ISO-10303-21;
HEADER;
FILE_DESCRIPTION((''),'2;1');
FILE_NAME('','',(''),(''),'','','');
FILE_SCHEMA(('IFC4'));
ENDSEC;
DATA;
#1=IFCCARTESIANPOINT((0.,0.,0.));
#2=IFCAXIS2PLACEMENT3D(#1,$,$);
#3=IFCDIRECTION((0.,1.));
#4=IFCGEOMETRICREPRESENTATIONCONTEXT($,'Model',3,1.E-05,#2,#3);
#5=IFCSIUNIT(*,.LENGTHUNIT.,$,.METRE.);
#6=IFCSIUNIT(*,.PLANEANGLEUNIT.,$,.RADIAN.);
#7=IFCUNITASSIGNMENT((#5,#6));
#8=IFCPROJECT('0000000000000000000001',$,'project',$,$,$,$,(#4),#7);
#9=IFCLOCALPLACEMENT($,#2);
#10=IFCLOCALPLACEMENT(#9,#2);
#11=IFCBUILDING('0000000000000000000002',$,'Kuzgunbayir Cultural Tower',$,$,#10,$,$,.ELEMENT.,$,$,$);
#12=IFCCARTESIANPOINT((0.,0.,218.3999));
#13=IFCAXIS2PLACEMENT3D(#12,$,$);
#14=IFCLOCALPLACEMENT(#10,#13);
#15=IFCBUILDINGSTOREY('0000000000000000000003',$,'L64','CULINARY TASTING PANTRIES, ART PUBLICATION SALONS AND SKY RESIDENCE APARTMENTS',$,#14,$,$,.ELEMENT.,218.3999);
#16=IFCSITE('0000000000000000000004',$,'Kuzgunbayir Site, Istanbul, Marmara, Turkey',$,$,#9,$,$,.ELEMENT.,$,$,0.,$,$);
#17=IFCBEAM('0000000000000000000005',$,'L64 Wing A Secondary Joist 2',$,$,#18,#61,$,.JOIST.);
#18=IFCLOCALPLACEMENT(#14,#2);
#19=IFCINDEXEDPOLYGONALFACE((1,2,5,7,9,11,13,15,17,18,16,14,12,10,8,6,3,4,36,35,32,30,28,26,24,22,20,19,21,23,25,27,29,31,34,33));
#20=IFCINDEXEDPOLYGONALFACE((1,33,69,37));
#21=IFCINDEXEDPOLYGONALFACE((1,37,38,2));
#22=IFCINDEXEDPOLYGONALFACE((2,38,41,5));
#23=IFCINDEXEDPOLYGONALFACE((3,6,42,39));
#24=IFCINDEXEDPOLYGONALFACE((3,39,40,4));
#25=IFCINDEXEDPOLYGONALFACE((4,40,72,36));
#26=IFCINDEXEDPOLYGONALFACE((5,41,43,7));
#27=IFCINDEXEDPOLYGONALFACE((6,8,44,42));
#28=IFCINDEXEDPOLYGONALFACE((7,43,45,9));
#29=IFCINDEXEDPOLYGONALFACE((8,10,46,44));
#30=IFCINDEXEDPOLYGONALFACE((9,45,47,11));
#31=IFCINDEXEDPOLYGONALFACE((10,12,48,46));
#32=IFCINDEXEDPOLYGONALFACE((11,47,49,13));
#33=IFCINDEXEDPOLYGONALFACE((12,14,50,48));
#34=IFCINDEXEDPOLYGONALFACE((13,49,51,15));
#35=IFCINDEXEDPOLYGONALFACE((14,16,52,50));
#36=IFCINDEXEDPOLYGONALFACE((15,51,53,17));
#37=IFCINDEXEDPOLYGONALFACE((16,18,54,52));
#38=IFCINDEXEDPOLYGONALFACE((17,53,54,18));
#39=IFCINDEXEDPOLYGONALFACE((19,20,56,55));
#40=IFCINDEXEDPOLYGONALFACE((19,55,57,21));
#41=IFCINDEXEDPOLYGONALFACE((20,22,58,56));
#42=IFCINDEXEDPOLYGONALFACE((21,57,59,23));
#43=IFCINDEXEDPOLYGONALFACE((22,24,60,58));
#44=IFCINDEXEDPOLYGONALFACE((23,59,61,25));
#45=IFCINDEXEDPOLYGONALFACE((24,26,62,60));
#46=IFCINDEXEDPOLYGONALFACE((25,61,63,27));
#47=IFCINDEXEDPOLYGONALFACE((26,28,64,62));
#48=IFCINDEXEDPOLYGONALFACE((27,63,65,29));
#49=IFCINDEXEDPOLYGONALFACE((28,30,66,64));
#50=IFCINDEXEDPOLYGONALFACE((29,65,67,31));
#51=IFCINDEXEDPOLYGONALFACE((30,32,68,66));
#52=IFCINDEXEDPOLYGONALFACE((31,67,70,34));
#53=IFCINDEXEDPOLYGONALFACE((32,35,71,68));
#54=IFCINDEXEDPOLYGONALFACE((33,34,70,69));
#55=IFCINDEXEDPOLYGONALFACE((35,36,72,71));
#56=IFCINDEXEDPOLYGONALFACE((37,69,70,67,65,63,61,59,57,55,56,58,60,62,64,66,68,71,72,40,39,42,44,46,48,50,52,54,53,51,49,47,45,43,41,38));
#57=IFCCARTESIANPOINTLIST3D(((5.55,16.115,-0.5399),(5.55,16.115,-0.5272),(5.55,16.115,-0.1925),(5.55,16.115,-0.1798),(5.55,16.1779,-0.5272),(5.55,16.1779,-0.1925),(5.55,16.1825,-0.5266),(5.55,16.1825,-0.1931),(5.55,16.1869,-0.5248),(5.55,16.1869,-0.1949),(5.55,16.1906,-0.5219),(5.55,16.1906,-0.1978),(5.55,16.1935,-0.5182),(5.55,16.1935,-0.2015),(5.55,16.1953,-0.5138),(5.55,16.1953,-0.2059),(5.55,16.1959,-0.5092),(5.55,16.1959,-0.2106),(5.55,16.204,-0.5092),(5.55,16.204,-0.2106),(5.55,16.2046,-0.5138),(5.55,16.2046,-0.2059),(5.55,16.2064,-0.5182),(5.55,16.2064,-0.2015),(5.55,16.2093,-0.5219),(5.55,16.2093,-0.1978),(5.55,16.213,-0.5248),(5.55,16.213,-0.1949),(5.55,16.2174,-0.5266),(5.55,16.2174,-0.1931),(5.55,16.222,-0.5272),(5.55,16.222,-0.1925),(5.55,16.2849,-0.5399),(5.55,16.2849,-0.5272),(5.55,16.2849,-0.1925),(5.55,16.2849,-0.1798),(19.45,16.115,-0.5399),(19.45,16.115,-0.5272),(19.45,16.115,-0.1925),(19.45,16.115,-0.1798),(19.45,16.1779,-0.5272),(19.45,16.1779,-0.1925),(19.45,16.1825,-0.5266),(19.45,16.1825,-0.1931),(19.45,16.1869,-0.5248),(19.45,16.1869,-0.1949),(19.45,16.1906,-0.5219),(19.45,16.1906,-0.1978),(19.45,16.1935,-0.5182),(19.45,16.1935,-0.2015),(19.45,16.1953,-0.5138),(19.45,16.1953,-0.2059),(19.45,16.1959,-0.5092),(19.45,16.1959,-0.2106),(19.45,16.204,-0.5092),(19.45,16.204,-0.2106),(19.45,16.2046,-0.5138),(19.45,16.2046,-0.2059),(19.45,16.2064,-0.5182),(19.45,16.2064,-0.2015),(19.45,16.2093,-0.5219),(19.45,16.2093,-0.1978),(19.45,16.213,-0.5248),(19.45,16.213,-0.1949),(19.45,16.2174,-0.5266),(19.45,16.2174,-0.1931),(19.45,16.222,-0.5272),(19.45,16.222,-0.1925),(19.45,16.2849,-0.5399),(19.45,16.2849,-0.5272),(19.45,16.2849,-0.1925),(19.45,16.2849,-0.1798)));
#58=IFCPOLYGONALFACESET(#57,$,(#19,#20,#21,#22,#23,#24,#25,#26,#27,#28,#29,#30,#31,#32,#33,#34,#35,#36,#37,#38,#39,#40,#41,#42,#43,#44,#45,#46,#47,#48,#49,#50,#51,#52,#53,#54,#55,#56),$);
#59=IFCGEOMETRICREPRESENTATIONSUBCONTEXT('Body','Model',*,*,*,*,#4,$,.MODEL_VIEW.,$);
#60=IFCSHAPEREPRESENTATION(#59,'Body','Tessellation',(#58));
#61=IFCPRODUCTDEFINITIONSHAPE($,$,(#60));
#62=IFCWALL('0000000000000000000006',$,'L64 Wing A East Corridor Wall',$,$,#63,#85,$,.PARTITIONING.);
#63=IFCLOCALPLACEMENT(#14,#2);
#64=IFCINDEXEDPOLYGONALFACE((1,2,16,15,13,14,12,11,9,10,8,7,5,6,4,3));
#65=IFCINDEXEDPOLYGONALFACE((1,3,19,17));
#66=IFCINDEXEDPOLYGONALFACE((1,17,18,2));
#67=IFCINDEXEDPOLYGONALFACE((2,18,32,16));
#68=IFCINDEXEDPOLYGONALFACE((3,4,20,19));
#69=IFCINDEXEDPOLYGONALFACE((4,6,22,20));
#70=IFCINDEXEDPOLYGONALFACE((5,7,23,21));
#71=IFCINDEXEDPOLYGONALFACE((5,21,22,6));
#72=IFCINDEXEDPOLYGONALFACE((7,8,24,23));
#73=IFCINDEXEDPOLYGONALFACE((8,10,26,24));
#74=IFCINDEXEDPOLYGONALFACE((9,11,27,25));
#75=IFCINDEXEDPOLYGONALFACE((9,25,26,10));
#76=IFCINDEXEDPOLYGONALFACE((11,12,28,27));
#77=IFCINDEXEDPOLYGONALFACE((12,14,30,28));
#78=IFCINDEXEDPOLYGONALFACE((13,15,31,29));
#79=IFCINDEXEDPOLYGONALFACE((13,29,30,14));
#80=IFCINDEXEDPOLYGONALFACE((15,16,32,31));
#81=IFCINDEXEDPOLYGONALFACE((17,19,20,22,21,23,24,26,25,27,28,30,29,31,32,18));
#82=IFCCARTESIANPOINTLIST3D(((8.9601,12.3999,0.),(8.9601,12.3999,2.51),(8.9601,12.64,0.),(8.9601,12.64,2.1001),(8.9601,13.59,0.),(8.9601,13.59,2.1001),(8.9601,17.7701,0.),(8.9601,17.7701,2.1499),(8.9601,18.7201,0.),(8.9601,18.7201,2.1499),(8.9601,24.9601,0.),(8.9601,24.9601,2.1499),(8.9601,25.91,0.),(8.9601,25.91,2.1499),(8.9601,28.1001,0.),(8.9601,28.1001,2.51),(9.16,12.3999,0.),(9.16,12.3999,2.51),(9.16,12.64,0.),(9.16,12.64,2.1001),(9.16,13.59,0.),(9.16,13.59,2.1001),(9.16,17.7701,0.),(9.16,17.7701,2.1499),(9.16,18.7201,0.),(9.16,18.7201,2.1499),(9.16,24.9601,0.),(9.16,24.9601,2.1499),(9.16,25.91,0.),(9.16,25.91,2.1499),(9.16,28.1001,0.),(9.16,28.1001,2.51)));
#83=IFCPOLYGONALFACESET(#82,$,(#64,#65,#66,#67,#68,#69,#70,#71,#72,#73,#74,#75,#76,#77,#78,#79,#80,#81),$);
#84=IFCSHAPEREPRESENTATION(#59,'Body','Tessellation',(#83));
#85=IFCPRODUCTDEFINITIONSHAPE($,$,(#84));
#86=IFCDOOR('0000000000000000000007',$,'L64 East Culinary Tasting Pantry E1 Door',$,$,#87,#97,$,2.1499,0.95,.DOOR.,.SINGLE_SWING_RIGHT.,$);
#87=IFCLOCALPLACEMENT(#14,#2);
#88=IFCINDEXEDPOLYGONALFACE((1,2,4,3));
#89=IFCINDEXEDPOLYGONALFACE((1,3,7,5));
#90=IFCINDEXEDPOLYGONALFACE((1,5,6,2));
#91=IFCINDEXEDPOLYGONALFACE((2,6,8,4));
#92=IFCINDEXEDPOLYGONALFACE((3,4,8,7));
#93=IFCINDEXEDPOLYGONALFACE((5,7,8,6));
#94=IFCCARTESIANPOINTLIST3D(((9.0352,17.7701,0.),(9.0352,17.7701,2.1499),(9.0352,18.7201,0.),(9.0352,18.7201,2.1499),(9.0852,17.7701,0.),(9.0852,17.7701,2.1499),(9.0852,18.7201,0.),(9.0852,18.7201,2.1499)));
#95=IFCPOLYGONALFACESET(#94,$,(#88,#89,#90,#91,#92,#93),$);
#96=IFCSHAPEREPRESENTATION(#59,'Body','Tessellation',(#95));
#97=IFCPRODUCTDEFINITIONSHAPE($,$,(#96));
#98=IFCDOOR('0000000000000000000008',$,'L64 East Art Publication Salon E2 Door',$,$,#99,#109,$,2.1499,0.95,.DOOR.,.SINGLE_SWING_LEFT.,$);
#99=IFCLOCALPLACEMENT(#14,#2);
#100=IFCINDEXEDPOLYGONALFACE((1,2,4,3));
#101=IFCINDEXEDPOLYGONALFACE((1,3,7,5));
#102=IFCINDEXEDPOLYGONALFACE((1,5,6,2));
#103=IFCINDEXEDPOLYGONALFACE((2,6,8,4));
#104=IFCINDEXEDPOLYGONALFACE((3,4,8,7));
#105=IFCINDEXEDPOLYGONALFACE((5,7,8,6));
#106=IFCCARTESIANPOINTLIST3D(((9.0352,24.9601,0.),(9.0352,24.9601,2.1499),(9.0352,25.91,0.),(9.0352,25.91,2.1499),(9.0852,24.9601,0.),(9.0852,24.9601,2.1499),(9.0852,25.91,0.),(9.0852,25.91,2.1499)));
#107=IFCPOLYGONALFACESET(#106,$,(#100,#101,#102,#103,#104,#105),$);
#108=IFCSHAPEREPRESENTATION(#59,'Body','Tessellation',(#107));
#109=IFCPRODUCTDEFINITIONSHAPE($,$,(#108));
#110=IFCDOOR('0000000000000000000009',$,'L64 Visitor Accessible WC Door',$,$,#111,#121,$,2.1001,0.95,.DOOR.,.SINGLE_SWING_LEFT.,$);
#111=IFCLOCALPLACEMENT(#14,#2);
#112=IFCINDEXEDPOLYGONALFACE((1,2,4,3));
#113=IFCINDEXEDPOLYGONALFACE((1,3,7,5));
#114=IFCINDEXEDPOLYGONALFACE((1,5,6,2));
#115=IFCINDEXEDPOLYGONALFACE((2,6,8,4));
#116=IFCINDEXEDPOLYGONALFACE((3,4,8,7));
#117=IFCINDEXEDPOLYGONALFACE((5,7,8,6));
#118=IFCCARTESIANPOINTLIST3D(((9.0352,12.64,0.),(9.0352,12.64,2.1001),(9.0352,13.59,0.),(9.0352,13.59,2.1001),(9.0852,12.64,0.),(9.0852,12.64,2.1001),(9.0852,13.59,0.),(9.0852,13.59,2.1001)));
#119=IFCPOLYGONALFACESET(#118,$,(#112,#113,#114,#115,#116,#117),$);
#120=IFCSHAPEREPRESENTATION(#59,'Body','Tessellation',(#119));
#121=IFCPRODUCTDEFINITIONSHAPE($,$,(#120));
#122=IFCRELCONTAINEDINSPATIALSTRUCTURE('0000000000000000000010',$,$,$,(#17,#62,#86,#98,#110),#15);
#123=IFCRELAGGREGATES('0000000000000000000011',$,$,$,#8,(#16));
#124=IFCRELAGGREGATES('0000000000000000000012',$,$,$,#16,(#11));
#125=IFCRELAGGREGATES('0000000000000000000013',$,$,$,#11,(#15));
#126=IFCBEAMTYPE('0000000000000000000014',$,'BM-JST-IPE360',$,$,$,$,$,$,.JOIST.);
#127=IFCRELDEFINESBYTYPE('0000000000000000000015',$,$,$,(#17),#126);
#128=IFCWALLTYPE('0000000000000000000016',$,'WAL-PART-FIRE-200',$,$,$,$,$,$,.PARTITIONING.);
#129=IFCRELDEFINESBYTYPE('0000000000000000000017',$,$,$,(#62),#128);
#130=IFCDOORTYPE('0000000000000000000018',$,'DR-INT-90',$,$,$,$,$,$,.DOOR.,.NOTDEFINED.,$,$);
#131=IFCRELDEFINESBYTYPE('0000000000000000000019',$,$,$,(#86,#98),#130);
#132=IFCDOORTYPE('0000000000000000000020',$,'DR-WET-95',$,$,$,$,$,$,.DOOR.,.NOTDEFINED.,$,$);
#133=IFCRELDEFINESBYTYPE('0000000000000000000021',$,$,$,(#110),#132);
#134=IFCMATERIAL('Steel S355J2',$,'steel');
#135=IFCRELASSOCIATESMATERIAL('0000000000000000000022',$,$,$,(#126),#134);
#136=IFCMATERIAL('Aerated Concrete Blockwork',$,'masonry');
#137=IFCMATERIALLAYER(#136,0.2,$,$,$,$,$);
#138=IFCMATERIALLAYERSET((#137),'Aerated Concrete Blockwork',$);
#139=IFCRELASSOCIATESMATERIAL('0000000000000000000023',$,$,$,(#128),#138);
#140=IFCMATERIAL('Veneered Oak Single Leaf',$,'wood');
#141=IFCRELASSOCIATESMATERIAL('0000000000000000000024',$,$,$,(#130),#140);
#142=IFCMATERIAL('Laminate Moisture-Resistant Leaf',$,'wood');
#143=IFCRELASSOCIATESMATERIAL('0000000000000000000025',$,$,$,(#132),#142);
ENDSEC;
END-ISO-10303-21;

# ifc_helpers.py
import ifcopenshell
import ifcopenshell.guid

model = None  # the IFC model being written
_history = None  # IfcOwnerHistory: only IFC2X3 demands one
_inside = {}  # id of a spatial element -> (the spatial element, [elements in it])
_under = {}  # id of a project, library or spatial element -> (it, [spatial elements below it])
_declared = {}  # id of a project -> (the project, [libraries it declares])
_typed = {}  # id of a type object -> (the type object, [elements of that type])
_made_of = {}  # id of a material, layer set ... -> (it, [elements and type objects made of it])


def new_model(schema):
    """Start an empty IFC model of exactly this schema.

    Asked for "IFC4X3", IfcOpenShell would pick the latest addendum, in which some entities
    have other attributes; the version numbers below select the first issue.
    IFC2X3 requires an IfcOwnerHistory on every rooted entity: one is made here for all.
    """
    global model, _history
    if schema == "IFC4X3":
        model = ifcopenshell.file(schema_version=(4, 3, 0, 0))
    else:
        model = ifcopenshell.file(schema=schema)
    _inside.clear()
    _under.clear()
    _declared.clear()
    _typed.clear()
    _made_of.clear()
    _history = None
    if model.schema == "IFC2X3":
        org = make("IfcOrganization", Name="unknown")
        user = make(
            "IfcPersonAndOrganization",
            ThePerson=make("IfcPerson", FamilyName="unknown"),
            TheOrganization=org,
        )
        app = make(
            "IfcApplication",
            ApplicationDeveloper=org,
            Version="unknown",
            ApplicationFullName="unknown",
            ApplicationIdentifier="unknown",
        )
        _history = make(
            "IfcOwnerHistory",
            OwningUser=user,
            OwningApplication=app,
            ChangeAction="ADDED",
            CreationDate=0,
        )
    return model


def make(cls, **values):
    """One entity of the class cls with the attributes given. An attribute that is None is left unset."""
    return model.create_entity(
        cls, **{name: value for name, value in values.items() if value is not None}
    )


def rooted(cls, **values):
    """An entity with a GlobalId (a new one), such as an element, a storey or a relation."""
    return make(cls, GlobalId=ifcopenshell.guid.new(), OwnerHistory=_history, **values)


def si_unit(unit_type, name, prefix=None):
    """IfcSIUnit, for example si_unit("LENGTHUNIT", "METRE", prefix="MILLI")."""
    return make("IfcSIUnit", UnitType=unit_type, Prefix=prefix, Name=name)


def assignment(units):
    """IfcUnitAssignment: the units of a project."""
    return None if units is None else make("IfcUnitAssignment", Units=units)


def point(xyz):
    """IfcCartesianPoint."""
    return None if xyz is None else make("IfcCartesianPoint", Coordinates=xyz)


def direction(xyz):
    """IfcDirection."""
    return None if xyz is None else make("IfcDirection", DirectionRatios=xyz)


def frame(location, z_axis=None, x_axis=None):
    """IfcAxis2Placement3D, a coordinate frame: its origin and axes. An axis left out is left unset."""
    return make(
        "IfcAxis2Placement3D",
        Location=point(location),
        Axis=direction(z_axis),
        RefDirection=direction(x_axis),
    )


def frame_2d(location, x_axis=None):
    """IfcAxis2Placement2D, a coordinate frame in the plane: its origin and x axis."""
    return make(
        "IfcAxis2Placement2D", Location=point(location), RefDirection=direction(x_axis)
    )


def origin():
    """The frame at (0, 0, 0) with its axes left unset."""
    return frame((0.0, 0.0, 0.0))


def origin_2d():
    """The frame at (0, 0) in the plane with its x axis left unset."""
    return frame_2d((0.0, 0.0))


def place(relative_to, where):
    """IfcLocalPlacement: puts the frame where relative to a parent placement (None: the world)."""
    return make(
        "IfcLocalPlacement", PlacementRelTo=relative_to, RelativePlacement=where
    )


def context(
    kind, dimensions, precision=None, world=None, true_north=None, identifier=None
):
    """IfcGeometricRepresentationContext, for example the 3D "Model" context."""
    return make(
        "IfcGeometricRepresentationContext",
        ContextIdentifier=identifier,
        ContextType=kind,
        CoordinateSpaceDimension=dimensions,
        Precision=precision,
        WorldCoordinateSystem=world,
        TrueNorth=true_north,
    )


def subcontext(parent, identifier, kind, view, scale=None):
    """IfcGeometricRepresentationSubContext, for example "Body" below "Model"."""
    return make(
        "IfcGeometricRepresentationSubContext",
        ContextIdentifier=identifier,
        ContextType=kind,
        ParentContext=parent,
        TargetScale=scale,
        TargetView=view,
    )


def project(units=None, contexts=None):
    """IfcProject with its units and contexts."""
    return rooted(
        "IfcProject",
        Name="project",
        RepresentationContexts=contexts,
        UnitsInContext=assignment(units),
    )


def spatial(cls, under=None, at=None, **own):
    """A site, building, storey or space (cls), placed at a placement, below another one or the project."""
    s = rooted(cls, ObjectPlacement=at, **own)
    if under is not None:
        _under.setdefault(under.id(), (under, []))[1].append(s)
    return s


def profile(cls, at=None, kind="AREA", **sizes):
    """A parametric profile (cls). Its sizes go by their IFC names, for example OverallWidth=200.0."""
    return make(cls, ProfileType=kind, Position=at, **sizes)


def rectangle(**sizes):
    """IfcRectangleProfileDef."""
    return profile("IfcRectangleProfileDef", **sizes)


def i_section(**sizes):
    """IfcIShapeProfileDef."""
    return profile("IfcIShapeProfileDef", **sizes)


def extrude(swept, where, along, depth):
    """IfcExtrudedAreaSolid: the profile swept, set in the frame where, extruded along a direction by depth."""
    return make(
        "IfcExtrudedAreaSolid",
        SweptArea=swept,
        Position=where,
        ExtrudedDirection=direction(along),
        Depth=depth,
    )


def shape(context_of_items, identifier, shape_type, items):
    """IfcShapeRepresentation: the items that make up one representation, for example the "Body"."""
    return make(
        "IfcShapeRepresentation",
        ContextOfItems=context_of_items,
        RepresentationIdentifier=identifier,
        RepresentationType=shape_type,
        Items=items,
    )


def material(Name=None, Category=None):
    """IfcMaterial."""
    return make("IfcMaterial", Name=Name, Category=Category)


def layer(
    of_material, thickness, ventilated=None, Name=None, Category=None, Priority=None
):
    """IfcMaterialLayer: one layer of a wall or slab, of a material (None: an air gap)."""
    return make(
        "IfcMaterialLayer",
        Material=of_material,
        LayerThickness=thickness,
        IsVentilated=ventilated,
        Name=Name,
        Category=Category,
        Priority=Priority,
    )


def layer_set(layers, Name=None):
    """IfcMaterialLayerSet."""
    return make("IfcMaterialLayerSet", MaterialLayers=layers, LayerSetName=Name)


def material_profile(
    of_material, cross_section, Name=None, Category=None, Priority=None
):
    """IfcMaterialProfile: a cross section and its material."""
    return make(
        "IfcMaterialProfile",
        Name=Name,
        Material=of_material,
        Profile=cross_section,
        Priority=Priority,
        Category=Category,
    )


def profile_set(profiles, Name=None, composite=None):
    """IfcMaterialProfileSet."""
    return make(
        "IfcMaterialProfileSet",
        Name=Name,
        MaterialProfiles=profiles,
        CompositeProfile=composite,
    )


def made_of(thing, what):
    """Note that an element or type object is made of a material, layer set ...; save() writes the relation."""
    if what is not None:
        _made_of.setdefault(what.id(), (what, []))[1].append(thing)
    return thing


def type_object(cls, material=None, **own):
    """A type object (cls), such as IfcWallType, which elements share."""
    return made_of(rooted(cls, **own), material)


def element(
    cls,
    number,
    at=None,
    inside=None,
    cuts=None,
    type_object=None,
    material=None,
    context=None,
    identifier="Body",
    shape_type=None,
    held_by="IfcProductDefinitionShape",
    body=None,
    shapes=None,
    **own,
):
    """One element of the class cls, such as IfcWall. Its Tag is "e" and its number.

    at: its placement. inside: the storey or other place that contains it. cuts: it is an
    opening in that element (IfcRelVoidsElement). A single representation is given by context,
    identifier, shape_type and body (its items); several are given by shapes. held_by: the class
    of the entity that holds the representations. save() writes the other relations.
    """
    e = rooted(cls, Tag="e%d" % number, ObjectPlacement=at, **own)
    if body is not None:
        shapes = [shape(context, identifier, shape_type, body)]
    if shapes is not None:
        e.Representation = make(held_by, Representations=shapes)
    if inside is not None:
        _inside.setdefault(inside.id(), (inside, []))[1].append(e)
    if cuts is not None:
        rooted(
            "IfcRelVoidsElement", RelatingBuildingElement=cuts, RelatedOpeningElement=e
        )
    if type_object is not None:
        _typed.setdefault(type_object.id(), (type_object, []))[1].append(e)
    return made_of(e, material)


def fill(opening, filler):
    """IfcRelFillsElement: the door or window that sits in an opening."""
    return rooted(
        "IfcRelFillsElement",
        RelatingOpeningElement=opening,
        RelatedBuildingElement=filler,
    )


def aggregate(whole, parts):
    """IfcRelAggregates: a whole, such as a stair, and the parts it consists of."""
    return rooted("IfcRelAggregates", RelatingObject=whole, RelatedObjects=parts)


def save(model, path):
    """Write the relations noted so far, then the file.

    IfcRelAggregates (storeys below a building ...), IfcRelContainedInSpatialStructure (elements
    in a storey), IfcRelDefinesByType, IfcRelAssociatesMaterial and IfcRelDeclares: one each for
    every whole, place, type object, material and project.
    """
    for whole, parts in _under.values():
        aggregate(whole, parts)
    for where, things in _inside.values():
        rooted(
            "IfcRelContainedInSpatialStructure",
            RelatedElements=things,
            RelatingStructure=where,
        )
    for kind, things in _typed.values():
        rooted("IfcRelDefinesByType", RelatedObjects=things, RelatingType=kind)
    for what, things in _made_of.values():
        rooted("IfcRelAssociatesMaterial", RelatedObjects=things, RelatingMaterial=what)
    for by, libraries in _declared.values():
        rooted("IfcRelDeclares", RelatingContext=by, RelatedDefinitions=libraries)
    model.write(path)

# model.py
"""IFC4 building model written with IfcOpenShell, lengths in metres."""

from ifc_helpers import new_model, si_unit, direction, frame, frame_2d, origin, origin_2d, place, context, subcontext, project, spatial, rectangle, i_section, extrude, material, layer, layer_set, material_profile, profile_set, type_object, element, fill, save


model = new_model("IFC4")

# Units and contexts
model_context = context("Model", 3, precision=1e-05, world=origin(), true_north=direction((0.0, 1.0)))
body_context = subcontext(model_context, "Body", "Model", "MODEL_VIEW")
ifc_project = project(units=[si_unit("LENGTHUNIT", "METRE"), si_unit("PLANEANGLEUNIT", "RADIAN")], contexts=[model_context])

# Site, building, storey
site_placement = place(None, origin())
site = spatial("IfcSite", under=ifc_project, at=site_placement, Name="Kuzgunbayir Site, Istanbul, Marmara, Turkey", CompositionType="ELEMENT", RefElevation=0.0)
building_placement = place(site_placement, origin())
building = spatial("IfcBuilding", under=site, at=building_placement, Name="Kuzgunbayir Cultural Tower", CompositionType="ELEMENT")
storey_placement = place(building_placement, frame((0.0, 0.0, 218.3999)))
storey = spatial("IfcBuildingStorey", under=building, at=storey_placement, Name="L64", Description="CULINARY TASTING PANTRIES, ART PUBLICATION SALONS AND SKY RESIDENCE APARTMENTS", CompositionType="ELEMENT", Elevation=218.3999)

# Beam
ifc_material_1 = material(Name="Steel S355J2", Category="steel")
ifc_material_profile_1 = material_profile(ifc_material_1, i_section(OverallWidth=0.1699, OverallDepth=0.3601, WebThickness=0.0081, FlangeThickness=0.0127, FilletRadius=0.0181, at=origin_2d()), Name="IPE 360")
ifc_profile_set_1 = profile_set([ifc_material_profile_1], Name="Steel S355J2")
beam_type_1 = type_object("IfcBeamType", Name="BM-JST-IPE360", PredefinedType="JOIST", material=ifc_profile_set_1)
for number, where, z_axis, x_axis, name in (
    (1, (5.55, 16.2, -0.3599), (1.0, 0.0, 0.0), (0.0, 1.0, 0.0), "L64 Wing A Secondary Joist 2"),
):
    element("IfcBeam", number, at=place(storey_placement, frame(where, z_axis=z_axis, x_axis=x_axis)), inside=storey, type_object=beam_type_1, Name=name, PredefinedType="JOIST", context=body_context, shape_type="SweptSolid", body=[
        extrude(i_section(OverallWidth=0.1699, OverallDepth=0.3601, WebThickness=0.0081, FlangeThickness=0.0127, FilletRadius=0.0181, at=origin_2d()), origin(), (0.0, 0.0, 1.0), 13.8999),
    ])

# Wall, openings, doors
ifc_material_2 = material(Name="Aerated Concrete Blockwork", Category="masonry")
ifc_layer_1 = layer(ifc_material_2, 0.2)
ifc_layer_set_1 = layer_set([ifc_layer_1], Name="Aerated Concrete Blockwork")
wall_type_1 = type_object("IfcWallType", Name="WAL-PART-FIRE-200", PredefinedType="PARTITIONING", material=ifc_layer_set_1)
ifc_material_3 = material(Name="Veneered Oak Single Leaf", Category="wood")
door_type_1 = type_object("IfcDoorType", Name="DR-INT-90", OperationType="NOTDEFINED", PredefinedType="DOOR", material=ifc_material_3)
wall_1_placement = place(storey_placement, frame((9.0601, 12.3999, 0.0), z_axis=(0.0, 0.0, 1.0), x_axis=(0.0, 1.0, 0.0)))
wall_1 = element("IfcWall", 2, at=wall_1_placement, inside=storey, type_object=wall_type_1, Name="L64 Wing A East Corridor Wall", PredefinedType="PARTITIONING", context=body_context, shape_type="SweptSolid", body=[
    extrude(rectangle(XDim=15.7002, YDim=0.2, at=frame_2d((7.8501, 0.0))), origin(), (0.0, 0.0, 1.0), 2.51),
])
opening_1_placement = place(wall_1_placement, frame((0.24, 0.0, 0.0)))
opening_1 = element("IfcOpeningElement", 3, at=opening_1_placement, cuts=wall_1, PredefinedType="OPENING", context=body_context, shape_type="SweptSolid", body=[
    extrude(rectangle(XDim=0.95, YDim=2.1001, at=frame_2d((0.4751, 1.05))), frame((0.0, 0.1099, 0.0), z_axis=(0.0, -1.0, 0.0), x_axis=(1.0, 0.0, 0.0)), (0.0, 0.0, 1.0), 0.22),
])
opening_2_placement = place(wall_1_placement, frame((5.3701, 0.0, 0.0)))
opening_2 = element("IfcOpeningElement", 4, at=opening_2_placement, cuts=wall_1, PredefinedType="OPENING", context=body_context, shape_type="SweptSolid", body=[
    extrude(rectangle(XDim=0.95, YDim=2.1499, at=frame_2d((0.4751, 1.075))), frame((0.0, 0.1099, 0.0), z_axis=(0.0, -1.0, 0.0), x_axis=(1.0, 0.0, 0.0)), (0.0, 0.0, 1.0), 0.22),
])
opening_3_placement = place(wall_1_placement, frame((12.5601, 0.0, 0.0)))
opening_3 = element("IfcOpeningElement", 5, at=opening_3_placement, cuts=wall_1, PredefinedType="OPENING", context=body_context, shape_type="SweptSolid", body=[
    extrude(rectangle(XDim=0.95, YDim=2.1499, at=frame_2d((0.4751, 1.075))), frame((0.0, 0.1099, 0.0), z_axis=(0.0, -1.0, 0.0), x_axis=(1.0, 0.0, 0.0)), (0.0, 0.0, 1.0), 0.22),
])
door_1_placement = place(opening_2_placement, origin())
door_1 = element("IfcDoor", 6, at=door_1_placement, inside=storey, type_object=door_type_1, Name="L64 East Culinary Tasting Pantry E1 Door", OperationType="SINGLE_SWING_RIGHT", OverallHeight=2.1499, OverallWidth=0.95, PredefinedType="DOOR", context=body_context, shape_type="SweptSolid", body=[
    extrude(rectangle(XDim=0.95, YDim=2.1499, at=frame_2d((0.4751, 1.075))), frame((0.0, 0.0249, 0.0), z_axis=(0.0, -1.0, 0.0), x_axis=(1.0, 0.0, 0.0)), (0.0, 0.0, 1.0), 0.05),
])
fill(opening_2, door_1)
door_2_placement = place(opening_3_placement, origin())
door_2 = element("IfcDoor", 7, at=door_2_placement, inside=storey, type_object=door_type_1, Name="L64 East Art Publication Salon E2 Door", OperationType="SINGLE_SWING_LEFT", OverallHeight=2.1499, OverallWidth=0.95, PredefinedType="DOOR", context=body_context, shape_type="SweptSolid", body=[
    extrude(rectangle(XDim=0.95, YDim=2.1499, at=frame_2d((0.4751, 1.075))), frame((0.0, 0.0249, 0.0), z_axis=(0.0, -1.0, 0.0), x_axis=(1.0, 0.0, 0.0)), (0.0, 0.0, 1.0), 0.05),
])
fill(opening_3, door_2)
ifc_material_4 = material(Name="Laminate Moisture-Resistant Leaf", Category="wood")
door_type_2 = type_object("IfcDoorType", Name="DR-WET-95", OperationType="NOTDEFINED", PredefinedType="DOOR", material=ifc_material_4)
door_3_placement = place(opening_1_placement, origin())
door_3 = element("IfcDoor", 8, at=door_3_placement, inside=storey, type_object=door_type_2, Name="L64 Visitor Accessible WC Door", OperationType="SINGLE_SWING_LEFT", OverallHeight=2.1001, OverallWidth=0.95, PredefinedType="DOOR", context=body_context, shape_type="SweptSolid", body=[
    extrude(rectangle(XDim=0.95, YDim=2.1001, at=frame_2d((0.4751, 1.05))), frame((0.0, 0.0249, 0.0), z_axis=(0.0, -1.0, 0.0), x_axis=(1.0, 0.0, 0.0)), (0.0, 0.0, 1.0), 0.05),
])
fill(opening_1, door_3)

save(model, "model.ifc")
